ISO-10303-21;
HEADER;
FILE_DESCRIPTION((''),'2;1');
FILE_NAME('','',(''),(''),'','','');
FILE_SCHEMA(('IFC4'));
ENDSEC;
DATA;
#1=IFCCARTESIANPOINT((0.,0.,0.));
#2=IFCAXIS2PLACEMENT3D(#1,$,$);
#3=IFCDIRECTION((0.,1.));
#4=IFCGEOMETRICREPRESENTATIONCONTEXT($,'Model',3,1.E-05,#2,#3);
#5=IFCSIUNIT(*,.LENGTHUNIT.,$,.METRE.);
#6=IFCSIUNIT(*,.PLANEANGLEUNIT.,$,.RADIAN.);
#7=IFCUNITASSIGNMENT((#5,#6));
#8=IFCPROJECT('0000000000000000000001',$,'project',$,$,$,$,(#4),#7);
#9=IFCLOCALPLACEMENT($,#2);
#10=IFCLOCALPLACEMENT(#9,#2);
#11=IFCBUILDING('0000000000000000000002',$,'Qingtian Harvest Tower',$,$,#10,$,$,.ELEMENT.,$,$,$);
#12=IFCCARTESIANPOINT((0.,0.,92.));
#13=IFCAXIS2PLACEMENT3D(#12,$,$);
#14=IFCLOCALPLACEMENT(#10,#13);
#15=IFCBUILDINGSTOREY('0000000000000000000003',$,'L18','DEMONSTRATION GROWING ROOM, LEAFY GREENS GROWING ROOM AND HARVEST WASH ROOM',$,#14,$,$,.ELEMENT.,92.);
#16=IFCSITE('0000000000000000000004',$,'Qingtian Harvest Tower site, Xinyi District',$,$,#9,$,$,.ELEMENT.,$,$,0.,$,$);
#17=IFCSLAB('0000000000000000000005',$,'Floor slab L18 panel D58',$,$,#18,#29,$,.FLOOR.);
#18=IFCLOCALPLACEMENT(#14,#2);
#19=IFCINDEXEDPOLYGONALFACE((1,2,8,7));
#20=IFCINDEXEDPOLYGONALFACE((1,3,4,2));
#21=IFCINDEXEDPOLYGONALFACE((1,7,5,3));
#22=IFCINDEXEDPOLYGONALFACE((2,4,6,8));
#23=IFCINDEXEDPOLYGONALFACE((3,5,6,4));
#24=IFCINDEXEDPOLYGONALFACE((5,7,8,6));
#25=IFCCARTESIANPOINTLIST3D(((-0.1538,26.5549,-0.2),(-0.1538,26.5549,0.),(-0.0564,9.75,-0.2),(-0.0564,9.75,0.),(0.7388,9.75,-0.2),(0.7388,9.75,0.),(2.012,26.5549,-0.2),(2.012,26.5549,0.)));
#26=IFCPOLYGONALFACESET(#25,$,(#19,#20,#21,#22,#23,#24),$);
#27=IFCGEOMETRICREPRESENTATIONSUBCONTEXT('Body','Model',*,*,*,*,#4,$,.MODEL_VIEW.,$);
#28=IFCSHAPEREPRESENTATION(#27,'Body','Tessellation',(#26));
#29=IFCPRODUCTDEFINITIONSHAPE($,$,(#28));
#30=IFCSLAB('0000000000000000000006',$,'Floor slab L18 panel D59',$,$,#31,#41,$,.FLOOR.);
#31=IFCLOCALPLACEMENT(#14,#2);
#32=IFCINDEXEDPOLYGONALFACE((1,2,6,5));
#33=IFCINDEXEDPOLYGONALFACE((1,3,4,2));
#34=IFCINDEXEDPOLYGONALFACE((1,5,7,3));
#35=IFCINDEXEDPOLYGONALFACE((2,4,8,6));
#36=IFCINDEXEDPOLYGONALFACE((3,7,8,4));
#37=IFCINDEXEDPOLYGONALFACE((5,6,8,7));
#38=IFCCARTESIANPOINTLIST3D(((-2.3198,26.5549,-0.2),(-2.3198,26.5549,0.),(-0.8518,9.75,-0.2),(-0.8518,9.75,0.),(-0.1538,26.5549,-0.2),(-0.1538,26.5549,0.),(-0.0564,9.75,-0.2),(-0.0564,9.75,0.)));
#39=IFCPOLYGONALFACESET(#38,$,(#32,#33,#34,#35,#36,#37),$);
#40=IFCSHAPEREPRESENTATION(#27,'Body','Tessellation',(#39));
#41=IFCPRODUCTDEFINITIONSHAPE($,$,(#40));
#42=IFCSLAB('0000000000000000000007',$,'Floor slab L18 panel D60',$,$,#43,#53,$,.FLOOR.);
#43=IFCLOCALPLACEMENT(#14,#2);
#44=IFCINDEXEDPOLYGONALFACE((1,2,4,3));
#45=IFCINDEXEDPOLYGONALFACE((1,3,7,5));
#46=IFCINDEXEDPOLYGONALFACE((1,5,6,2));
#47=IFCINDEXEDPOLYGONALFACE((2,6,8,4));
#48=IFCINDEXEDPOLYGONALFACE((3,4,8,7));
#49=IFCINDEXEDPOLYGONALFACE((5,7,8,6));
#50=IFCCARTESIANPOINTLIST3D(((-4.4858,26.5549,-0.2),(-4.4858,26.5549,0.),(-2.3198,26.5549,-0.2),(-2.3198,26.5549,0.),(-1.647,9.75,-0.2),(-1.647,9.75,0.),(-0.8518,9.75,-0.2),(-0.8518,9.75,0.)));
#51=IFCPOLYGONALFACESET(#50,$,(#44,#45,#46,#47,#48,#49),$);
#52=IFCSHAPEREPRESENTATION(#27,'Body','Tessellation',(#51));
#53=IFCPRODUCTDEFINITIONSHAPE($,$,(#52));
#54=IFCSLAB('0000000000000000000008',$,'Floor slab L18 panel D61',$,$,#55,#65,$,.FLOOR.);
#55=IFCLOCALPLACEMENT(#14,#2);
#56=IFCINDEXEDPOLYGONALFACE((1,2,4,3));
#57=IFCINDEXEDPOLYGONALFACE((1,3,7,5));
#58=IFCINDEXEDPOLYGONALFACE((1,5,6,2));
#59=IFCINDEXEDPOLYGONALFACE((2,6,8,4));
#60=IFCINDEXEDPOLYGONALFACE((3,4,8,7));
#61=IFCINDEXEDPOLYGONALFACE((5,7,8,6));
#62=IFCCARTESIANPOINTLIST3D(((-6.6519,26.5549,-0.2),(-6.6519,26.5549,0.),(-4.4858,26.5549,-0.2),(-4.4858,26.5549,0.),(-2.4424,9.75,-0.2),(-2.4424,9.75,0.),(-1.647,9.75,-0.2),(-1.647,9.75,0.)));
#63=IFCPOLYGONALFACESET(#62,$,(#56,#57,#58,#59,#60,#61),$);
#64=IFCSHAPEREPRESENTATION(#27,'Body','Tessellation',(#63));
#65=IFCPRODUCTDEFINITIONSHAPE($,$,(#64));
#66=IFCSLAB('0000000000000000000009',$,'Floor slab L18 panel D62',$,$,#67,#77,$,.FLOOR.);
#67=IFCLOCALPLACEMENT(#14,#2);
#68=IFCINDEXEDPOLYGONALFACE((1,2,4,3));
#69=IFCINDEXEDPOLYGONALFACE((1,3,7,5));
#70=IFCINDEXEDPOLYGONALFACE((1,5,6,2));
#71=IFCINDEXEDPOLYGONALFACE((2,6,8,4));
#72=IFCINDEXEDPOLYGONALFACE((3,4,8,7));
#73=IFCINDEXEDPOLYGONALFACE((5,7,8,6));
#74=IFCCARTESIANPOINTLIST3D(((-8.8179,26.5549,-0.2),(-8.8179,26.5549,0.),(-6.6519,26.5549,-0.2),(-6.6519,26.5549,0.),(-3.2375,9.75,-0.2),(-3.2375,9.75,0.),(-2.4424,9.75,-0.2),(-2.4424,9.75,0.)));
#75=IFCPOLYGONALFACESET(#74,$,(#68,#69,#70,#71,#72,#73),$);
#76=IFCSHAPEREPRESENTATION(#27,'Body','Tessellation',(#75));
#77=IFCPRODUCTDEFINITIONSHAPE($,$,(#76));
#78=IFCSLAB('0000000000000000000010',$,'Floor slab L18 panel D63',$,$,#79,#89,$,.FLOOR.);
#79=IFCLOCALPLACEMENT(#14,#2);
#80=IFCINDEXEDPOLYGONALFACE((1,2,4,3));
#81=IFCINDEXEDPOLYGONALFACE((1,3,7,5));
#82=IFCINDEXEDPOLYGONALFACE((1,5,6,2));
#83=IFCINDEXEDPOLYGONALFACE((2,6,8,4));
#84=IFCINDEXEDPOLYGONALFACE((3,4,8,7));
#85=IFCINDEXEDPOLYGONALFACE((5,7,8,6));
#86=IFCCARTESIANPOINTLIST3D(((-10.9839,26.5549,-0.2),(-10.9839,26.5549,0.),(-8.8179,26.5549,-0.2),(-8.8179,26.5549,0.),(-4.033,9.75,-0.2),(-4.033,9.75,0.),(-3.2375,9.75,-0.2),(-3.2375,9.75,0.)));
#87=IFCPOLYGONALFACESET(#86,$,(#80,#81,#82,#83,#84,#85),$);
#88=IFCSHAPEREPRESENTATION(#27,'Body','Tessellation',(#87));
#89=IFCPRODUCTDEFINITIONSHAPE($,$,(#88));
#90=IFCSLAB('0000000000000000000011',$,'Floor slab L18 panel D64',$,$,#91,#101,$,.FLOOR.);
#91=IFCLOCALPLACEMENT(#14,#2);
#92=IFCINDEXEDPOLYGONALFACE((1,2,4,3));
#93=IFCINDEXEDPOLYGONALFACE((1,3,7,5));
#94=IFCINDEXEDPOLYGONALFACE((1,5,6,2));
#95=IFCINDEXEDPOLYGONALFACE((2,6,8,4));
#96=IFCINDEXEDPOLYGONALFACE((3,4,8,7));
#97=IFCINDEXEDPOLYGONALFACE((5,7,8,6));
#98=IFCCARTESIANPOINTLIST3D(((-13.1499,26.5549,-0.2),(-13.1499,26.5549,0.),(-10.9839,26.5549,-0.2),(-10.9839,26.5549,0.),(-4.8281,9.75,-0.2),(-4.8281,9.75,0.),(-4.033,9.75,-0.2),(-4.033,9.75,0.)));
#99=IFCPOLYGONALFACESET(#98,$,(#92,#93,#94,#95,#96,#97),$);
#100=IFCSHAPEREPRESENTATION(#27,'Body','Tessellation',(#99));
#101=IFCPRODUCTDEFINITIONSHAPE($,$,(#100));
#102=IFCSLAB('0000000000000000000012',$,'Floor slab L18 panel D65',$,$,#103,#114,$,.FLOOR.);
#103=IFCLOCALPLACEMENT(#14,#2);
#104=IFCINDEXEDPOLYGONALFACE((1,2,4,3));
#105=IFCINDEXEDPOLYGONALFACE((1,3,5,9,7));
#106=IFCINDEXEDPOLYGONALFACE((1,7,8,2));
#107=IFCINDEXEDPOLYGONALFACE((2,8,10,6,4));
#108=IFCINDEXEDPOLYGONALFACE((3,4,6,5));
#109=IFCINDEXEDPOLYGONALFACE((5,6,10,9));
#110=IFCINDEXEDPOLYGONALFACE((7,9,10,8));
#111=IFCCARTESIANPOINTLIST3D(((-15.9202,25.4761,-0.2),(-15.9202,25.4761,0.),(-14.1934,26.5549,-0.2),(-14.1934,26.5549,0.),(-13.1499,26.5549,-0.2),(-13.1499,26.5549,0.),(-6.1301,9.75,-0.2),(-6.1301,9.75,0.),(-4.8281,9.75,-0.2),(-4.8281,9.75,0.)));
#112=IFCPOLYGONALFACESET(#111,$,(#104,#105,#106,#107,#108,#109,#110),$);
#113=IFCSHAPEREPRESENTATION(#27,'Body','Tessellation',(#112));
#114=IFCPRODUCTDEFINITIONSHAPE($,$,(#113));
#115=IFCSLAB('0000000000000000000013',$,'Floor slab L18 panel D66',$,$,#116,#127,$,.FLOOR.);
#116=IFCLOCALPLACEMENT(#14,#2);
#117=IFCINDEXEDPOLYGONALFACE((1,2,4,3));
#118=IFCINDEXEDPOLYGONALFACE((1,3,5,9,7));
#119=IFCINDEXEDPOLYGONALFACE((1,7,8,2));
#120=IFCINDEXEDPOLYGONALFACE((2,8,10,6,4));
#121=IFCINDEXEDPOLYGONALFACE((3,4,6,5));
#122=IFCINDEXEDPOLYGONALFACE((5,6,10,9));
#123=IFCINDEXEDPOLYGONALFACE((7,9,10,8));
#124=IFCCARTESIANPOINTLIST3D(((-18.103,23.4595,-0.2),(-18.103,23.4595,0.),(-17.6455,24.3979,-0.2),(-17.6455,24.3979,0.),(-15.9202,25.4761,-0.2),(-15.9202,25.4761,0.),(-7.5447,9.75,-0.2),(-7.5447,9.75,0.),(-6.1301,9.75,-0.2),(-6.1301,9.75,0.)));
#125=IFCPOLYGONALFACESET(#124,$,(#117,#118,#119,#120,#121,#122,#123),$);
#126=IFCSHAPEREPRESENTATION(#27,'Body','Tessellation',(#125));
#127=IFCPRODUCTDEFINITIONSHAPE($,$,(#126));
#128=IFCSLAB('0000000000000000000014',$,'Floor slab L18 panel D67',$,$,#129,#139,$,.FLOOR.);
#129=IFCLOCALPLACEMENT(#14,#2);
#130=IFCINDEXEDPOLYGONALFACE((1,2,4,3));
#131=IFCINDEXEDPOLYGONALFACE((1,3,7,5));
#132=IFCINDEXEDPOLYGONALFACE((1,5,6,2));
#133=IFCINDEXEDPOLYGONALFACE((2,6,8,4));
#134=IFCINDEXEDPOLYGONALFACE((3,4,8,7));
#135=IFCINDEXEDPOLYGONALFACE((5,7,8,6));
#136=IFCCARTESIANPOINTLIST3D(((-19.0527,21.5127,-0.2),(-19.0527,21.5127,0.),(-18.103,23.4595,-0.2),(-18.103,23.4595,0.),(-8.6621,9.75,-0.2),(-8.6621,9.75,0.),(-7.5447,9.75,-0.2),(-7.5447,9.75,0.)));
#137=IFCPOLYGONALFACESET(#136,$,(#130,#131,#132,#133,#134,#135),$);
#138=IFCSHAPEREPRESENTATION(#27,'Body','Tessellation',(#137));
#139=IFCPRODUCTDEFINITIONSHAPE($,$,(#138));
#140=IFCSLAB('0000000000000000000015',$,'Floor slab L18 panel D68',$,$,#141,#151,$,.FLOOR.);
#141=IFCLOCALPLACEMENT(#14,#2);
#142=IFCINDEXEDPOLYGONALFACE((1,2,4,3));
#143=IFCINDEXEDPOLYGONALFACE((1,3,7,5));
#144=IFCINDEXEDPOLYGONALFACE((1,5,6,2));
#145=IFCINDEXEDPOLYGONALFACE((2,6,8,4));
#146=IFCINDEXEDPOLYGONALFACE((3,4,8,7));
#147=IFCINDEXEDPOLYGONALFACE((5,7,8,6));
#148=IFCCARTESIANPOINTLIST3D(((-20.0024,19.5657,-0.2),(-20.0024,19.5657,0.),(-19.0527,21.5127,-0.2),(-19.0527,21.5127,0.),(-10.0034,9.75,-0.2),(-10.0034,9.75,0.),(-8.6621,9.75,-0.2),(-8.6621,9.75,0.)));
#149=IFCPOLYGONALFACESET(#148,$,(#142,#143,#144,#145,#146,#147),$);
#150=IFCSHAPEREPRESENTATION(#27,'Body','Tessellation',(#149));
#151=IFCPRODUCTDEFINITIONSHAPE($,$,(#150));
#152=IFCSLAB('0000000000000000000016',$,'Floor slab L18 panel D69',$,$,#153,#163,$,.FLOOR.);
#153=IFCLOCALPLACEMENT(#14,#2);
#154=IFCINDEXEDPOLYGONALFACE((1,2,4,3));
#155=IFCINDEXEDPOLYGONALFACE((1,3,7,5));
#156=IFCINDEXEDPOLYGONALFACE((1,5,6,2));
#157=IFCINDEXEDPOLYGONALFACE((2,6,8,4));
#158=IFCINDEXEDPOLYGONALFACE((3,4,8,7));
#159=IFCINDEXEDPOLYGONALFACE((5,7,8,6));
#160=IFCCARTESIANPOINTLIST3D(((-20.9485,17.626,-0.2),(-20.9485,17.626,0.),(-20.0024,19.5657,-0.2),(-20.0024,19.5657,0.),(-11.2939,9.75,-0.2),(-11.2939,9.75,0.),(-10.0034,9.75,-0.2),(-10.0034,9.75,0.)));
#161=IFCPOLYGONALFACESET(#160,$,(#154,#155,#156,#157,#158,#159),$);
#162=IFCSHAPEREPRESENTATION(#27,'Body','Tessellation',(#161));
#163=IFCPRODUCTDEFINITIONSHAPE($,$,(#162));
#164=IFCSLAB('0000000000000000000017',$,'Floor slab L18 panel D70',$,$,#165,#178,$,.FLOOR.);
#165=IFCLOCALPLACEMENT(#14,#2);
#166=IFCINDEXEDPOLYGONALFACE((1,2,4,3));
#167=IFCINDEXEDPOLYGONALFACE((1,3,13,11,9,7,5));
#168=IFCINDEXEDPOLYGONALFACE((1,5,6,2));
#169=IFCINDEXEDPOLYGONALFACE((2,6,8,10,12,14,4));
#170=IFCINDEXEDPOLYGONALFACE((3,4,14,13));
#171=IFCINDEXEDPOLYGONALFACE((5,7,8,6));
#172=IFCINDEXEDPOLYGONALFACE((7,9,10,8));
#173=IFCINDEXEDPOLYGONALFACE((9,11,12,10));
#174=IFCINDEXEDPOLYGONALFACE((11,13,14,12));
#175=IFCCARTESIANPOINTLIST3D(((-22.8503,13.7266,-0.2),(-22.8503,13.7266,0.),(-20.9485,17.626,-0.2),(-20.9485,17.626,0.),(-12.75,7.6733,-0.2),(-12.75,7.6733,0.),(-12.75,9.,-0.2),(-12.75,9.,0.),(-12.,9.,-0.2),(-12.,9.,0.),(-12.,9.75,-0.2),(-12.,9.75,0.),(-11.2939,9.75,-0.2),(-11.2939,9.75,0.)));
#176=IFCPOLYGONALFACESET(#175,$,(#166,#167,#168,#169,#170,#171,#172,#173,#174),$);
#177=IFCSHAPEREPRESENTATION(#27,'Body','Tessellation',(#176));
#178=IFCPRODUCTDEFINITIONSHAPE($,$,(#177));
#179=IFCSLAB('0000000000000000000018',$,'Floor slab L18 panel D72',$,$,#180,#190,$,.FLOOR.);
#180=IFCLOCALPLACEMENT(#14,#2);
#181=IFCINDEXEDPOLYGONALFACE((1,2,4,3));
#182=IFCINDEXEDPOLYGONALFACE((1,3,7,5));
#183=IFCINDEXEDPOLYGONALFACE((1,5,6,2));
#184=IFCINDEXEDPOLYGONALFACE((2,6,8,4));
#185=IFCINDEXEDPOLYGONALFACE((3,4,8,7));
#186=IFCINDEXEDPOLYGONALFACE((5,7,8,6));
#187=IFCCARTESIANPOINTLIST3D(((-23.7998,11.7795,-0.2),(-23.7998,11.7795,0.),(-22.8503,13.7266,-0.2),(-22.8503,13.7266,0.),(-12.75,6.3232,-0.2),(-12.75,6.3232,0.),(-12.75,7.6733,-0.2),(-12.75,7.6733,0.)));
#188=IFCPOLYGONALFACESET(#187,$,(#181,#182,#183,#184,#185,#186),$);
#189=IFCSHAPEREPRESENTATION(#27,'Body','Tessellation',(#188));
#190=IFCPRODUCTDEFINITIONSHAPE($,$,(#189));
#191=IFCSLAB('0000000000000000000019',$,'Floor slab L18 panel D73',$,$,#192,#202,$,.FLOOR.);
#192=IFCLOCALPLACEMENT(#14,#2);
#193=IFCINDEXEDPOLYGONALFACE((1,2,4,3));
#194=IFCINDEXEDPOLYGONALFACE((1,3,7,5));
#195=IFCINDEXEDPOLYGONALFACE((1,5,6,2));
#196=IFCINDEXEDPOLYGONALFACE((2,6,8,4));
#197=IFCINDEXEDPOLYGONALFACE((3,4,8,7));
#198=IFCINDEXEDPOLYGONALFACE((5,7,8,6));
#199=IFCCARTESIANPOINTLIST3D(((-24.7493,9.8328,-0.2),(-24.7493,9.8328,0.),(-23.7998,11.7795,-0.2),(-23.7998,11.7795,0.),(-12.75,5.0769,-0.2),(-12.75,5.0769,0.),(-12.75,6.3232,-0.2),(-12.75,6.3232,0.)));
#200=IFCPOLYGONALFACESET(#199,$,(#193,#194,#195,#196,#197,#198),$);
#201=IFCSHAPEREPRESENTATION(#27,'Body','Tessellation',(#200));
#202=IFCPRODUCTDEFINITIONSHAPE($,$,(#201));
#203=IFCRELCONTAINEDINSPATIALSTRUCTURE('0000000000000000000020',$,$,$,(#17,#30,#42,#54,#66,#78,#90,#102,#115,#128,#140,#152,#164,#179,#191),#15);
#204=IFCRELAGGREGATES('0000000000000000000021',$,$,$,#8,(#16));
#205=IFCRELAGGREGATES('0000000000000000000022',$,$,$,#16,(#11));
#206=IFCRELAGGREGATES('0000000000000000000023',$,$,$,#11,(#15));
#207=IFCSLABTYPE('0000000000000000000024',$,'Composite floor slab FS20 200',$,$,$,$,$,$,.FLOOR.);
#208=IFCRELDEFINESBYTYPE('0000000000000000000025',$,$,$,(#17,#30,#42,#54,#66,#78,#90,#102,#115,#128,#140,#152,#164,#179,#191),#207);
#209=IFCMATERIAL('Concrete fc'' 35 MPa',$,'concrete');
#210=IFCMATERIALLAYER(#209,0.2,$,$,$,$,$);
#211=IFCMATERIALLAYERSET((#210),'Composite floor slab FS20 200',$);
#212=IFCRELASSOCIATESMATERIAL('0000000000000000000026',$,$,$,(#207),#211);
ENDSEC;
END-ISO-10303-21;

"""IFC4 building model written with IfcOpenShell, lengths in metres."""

from ifc_helpers import new_model, si_unit, direction, frame, origin, place, context, subcontext, project, spatial, polyline, outline, extrude, material, layer, layer_set, type_object, element, save


model = new_model("IFC4")

# Units and contexts
model_context = context("Model", 3, precision=1e-05, world=origin(), true_north=direction((0.0, 1.0)))
body_context = subcontext(model_context, "Body", "Model", "MODEL_VIEW")
ifc_project = project(units=[si_unit("LENGTHUNIT", "METRE"), si_unit("PLANEANGLEUNIT", "RADIAN")], contexts=[model_context])

# Site, building, storey
site_placement = place(None, origin())
site = spatial("IfcSite", under=ifc_project, at=site_placement, Name="Qingtian Harvest Tower site, Xinyi District", CompositionType="ELEMENT", RefElevation=0.0)
building_placement = place(site_placement, origin())
building = spatial("IfcBuilding", under=site, at=building_placement, Name="Qingtian Harvest Tower", CompositionType="ELEMENT")
storey_placement = place(building_placement, frame((0.0, 0.0, 92.0)))
storey = spatial("IfcBuildingStorey", under=building, at=storey_placement, Name="L18", Description="DEMONSTRATION GROWING ROOM, LEAFY GREENS GROWING ROOM AND HARVEST WASH ROOM", CompositionType="ELEMENT", Elevation=92.0)

# Slabs
ifc_material_1 = material(Name="Concrete fc' 35 MPa", Category="concrete")
ifc_layer_1 = layer(ifc_material_1, 0.2)
ifc_layer_set_1 = layer_set([ifc_layer_1], Name="Composite floor slab FS20 200")
slab_type = type_object("IfcSlabType", Name="Composite floor slab FS20 200", PredefinedType="FLOOR", material=ifc_layer_set_1)
slab_1_placement = place(storey_placement, frame((0.0, 0.0, -0.2)))
element("IfcSlab", 1, at=slab_1_placement, inside=storey, type_object=slab_type, Name="Floor slab L18 panel D58", PredefinedType="FLOOR", context=body_context, shape_type="SweptSolid", body=[
    extrude(outline(polyline([(-0.0564, 9.75), (-0.1538, 26.5549), (2.012, 26.5549), (0.7388, 9.75), (-0.0564, 9.75)])), origin(), (0.0, 0.0, 1.0), 0.2),
])
slab_2_placement = place(storey_placement, frame((0.0, 0.0, -0.2)))
element("IfcSlab", 2, at=slab_2_placement, inside=storey, type_object=slab_type, Name="Floor slab L18 panel D59", PredefinedType="FLOOR", context=body_context, shape_type="SweptSolid", body=[
    extrude(outline(polyline([(-0.8518, 9.75), (-2.3198, 26.5549), (-0.1538, 26.5549), (-0.0564, 9.75), (-0.8518, 9.75)])), origin(), (0.0, 0.0, 1.0), 0.2),
])
slab_3_placement = place(storey_placement, frame((0.0, 0.0, -0.2)))
element("IfcSlab", 3, at=slab_3_placement, inside=storey, type_object=slab_type, Name="Floor slab L18 panel D60", PredefinedType="FLOOR", context=body_context, shape_type="SweptSolid", body=[
    extrude(outline(polyline([(-1.647, 9.75), (-4.4858, 26.5549), (-2.3198, 26.5549), (-0.8518, 9.75), (-1.647, 9.75)])), origin(), (0.0, 0.0, 1.0), 0.2),
])
slab_4_placement = place(storey_placement, frame((0.0, 0.0, -0.2)))
element("IfcSlab", 4, at=slab_4_placement, inside=storey, type_object=slab_type, Name="Floor slab L18 panel D61", PredefinedType="FLOOR", context=body_context, shape_type="SweptSolid", body=[
    extrude(outline(polyline([(-2.4424, 9.75), (-6.6519, 26.5549), (-4.4858, 26.5549), (-1.647, 9.75), (-2.4424, 9.75)])), origin(), (0.0, 0.0, 1.0), 0.2),
])
slab_5_placement = place(storey_placement, frame((0.0, 0.0, -0.2)))
element("IfcSlab", 5, at=slab_5_placement, inside=storey, type_object=slab_type, Name="Floor slab L18 panel D62", PredefinedType="FLOOR", context=body_context, shape_type="SweptSolid", body=[
    extrude(outline(polyline([(-3.2375, 9.75), (-8.8179, 26.5549), (-6.6519, 26.5549), (-2.4424, 9.75), (-3.2375, 9.75)])), origin(), (0.0, 0.0, 1.0), 0.2),
])
slab_6_placement = place(storey_placement, frame((0.0, 0.0, -0.2)))
element("IfcSlab", 6, at=slab_6_placement, inside=storey, type_object=slab_type, Name="Floor slab L18 panel D63", PredefinedType="FLOOR", context=body_context, shape_type="SweptSolid", body=[
    extrude(outline(polyline([(-4.033, 9.75), (-10.9839, 26.5549), (-8.8179, 26.5549), (-3.2375, 9.75), (-4.033, 9.75)])), origin(), (0.0, 0.0, 1.0), 0.2),
])
slab_7_placement = place(storey_placement, frame((0.0, 0.0, -0.2)))
element("IfcSlab", 7, at=slab_7_placement, inside=storey, type_object=slab_type, Name="Floor slab L18 panel D64", PredefinedType="FLOOR", context=body_context, shape_type="SweptSolid", body=[
    extrude(outline(polyline([(-4.8281, 9.75), (-13.1499, 26.5549), (-10.9839, 26.5549), (-4.033, 9.75), (-4.8281, 9.75)])), origin(), (0.0, 0.0, 1.0), 0.2),
])
slab_8_placement = place(storey_placement, frame((0.0, 0.0, -0.2)))
element("IfcSlab", 8, at=slab_8_placement, inside=storey, type_object=slab_type, Name="Floor slab L18 panel D65", PredefinedType="FLOOR", context=body_context, shape_type="SweptSolid", body=[
    extrude(outline(polyline([(-4.8281, 9.75), (-6.1301, 9.75), (-15.9202, 25.4761), (-14.1934, 26.5549), (-13.1499, 26.5549), (-4.8281, 9.75)])), origin(), (0.0, 0.0, 1.0), 0.2),
])
slab_9_placement = place(storey_placement, frame((0.0, 0.0, -0.2)))
element("IfcSlab", 9, at=slab_9_placement, inside=storey, type_object=slab_type, Name="Floor slab L18 panel D66", PredefinedType="FLOOR", context=body_context, shape_type="SweptSolid", body=[
    extrude(outline(polyline([(-6.1301, 9.75), (-7.5447, 9.75), (-18.103, 23.4595), (-17.6455, 24.3979), (-15.9202, 25.4761), (-6.1301, 9.75)])), origin(), (0.0, 0.0, 1.0), 0.2),
])
slab_10_placement = place(storey_placement, frame((0.0, 0.0, -0.2)))
element("IfcSlab", 10, at=slab_10_placement, inside=storey, type_object=slab_type, Name="Floor slab L18 panel D67", PredefinedType="FLOOR", context=body_context, shape_type="SweptSolid", body=[
    extrude(outline(polyline([(-8.6621, 9.75), (-19.0527, 21.5127), (-18.103, 23.4595), (-7.5447, 9.75), (-8.6621, 9.75)])), origin(), (0.0, 0.0, 1.0), 0.2),
])
slab_11_placement = place(storey_placement, frame((0.0, 0.0, -0.2)))
element("IfcSlab", 11, at=slab_11_placement, inside=storey, type_object=slab_type, Name="Floor slab L18 panel D68", PredefinedType="FLOOR", context=body_context, shape_type="SweptSolid", body=[
    extrude(outline(polyline([(-10.0034, 9.75), (-20.0024, 19.5657), (-19.0527, 21.5127), (-8.6621, 9.75), (-10.0034, 9.75)])), origin(), (0.0, 0.0, 1.0), 0.2),
])
slab_12_placement = place(storey_placement, frame((0.0, 0.0, -0.2)))
element("IfcSlab", 12, at=slab_12_placement, inside=storey, type_object=slab_type, Name="Floor slab L18 panel D69", PredefinedType="FLOOR", context=body_context, shape_type="SweptSolid", body=[
    extrude(outline(polyline([(-11.2939, 9.75), (-20.9485, 17.626), (-20.0024, 19.5657), (-10.0034, 9.75), (-11.2939, 9.75)])), origin(), (0.0, 0.0, 1.0), 0.2),
])
slab_13_placement = place(storey_placement, frame((0.0, 0.0, -0.2)))
element("IfcSlab", 13, at=slab_13_placement, inside=storey, type_object=slab_type, Name="Floor slab L18 panel D70", PredefinedType="FLOOR", context=body_context, shape_type="SweptSolid", body=[
    extrude(outline(polyline([(-12.0, 9.0), (-12.75, 9.0), (-12.75, 7.6733), (-22.8503, 13.7266), (-20.9485, 17.626), (-11.2939, 9.75), (-12.0, 9.75), (-12.0, 9.0)])), origin(), (0.0, 0.0, 1.0), 0.2),
])
slab_14_placement = place(storey_placement, frame((0.0, 0.0, -0.2)))
element("IfcSlab", 14, at=slab_14_placement, inside=storey, type_object=slab_type, Name="Floor slab L18 panel D72", PredefinedType="FLOOR", context=body_context, shape_type="SweptSolid", body=[
    extrude(outline(polyline([(-12.75, 6.3232), (-23.7998, 11.7795), (-22.8503, 13.7266), (-12.75, 7.6733), (-12.75, 6.3232)])), origin(), (0.0, 0.0, 1.0), 0.2),
])
slab_15_placement = place(storey_placement, frame((0.0, 0.0, -0.2)))
element("IfcSlab", 15, at=slab_15_placement, inside=storey, type_object=slab_type, Name="Floor slab L18 panel D73", PredefinedType="FLOOR", context=body_context, shape_type="SweptSolid", body=[
    extrude(outline(polyline([(-12.75, 5.0769), (-24.7493, 9.8328), (-23.7998, 11.7795), (-12.75, 6.3232), (-12.75, 5.0769)])), origin(), (0.0, 0.0, 1.0), 0.2),
])

save(model, "model.ifc")
